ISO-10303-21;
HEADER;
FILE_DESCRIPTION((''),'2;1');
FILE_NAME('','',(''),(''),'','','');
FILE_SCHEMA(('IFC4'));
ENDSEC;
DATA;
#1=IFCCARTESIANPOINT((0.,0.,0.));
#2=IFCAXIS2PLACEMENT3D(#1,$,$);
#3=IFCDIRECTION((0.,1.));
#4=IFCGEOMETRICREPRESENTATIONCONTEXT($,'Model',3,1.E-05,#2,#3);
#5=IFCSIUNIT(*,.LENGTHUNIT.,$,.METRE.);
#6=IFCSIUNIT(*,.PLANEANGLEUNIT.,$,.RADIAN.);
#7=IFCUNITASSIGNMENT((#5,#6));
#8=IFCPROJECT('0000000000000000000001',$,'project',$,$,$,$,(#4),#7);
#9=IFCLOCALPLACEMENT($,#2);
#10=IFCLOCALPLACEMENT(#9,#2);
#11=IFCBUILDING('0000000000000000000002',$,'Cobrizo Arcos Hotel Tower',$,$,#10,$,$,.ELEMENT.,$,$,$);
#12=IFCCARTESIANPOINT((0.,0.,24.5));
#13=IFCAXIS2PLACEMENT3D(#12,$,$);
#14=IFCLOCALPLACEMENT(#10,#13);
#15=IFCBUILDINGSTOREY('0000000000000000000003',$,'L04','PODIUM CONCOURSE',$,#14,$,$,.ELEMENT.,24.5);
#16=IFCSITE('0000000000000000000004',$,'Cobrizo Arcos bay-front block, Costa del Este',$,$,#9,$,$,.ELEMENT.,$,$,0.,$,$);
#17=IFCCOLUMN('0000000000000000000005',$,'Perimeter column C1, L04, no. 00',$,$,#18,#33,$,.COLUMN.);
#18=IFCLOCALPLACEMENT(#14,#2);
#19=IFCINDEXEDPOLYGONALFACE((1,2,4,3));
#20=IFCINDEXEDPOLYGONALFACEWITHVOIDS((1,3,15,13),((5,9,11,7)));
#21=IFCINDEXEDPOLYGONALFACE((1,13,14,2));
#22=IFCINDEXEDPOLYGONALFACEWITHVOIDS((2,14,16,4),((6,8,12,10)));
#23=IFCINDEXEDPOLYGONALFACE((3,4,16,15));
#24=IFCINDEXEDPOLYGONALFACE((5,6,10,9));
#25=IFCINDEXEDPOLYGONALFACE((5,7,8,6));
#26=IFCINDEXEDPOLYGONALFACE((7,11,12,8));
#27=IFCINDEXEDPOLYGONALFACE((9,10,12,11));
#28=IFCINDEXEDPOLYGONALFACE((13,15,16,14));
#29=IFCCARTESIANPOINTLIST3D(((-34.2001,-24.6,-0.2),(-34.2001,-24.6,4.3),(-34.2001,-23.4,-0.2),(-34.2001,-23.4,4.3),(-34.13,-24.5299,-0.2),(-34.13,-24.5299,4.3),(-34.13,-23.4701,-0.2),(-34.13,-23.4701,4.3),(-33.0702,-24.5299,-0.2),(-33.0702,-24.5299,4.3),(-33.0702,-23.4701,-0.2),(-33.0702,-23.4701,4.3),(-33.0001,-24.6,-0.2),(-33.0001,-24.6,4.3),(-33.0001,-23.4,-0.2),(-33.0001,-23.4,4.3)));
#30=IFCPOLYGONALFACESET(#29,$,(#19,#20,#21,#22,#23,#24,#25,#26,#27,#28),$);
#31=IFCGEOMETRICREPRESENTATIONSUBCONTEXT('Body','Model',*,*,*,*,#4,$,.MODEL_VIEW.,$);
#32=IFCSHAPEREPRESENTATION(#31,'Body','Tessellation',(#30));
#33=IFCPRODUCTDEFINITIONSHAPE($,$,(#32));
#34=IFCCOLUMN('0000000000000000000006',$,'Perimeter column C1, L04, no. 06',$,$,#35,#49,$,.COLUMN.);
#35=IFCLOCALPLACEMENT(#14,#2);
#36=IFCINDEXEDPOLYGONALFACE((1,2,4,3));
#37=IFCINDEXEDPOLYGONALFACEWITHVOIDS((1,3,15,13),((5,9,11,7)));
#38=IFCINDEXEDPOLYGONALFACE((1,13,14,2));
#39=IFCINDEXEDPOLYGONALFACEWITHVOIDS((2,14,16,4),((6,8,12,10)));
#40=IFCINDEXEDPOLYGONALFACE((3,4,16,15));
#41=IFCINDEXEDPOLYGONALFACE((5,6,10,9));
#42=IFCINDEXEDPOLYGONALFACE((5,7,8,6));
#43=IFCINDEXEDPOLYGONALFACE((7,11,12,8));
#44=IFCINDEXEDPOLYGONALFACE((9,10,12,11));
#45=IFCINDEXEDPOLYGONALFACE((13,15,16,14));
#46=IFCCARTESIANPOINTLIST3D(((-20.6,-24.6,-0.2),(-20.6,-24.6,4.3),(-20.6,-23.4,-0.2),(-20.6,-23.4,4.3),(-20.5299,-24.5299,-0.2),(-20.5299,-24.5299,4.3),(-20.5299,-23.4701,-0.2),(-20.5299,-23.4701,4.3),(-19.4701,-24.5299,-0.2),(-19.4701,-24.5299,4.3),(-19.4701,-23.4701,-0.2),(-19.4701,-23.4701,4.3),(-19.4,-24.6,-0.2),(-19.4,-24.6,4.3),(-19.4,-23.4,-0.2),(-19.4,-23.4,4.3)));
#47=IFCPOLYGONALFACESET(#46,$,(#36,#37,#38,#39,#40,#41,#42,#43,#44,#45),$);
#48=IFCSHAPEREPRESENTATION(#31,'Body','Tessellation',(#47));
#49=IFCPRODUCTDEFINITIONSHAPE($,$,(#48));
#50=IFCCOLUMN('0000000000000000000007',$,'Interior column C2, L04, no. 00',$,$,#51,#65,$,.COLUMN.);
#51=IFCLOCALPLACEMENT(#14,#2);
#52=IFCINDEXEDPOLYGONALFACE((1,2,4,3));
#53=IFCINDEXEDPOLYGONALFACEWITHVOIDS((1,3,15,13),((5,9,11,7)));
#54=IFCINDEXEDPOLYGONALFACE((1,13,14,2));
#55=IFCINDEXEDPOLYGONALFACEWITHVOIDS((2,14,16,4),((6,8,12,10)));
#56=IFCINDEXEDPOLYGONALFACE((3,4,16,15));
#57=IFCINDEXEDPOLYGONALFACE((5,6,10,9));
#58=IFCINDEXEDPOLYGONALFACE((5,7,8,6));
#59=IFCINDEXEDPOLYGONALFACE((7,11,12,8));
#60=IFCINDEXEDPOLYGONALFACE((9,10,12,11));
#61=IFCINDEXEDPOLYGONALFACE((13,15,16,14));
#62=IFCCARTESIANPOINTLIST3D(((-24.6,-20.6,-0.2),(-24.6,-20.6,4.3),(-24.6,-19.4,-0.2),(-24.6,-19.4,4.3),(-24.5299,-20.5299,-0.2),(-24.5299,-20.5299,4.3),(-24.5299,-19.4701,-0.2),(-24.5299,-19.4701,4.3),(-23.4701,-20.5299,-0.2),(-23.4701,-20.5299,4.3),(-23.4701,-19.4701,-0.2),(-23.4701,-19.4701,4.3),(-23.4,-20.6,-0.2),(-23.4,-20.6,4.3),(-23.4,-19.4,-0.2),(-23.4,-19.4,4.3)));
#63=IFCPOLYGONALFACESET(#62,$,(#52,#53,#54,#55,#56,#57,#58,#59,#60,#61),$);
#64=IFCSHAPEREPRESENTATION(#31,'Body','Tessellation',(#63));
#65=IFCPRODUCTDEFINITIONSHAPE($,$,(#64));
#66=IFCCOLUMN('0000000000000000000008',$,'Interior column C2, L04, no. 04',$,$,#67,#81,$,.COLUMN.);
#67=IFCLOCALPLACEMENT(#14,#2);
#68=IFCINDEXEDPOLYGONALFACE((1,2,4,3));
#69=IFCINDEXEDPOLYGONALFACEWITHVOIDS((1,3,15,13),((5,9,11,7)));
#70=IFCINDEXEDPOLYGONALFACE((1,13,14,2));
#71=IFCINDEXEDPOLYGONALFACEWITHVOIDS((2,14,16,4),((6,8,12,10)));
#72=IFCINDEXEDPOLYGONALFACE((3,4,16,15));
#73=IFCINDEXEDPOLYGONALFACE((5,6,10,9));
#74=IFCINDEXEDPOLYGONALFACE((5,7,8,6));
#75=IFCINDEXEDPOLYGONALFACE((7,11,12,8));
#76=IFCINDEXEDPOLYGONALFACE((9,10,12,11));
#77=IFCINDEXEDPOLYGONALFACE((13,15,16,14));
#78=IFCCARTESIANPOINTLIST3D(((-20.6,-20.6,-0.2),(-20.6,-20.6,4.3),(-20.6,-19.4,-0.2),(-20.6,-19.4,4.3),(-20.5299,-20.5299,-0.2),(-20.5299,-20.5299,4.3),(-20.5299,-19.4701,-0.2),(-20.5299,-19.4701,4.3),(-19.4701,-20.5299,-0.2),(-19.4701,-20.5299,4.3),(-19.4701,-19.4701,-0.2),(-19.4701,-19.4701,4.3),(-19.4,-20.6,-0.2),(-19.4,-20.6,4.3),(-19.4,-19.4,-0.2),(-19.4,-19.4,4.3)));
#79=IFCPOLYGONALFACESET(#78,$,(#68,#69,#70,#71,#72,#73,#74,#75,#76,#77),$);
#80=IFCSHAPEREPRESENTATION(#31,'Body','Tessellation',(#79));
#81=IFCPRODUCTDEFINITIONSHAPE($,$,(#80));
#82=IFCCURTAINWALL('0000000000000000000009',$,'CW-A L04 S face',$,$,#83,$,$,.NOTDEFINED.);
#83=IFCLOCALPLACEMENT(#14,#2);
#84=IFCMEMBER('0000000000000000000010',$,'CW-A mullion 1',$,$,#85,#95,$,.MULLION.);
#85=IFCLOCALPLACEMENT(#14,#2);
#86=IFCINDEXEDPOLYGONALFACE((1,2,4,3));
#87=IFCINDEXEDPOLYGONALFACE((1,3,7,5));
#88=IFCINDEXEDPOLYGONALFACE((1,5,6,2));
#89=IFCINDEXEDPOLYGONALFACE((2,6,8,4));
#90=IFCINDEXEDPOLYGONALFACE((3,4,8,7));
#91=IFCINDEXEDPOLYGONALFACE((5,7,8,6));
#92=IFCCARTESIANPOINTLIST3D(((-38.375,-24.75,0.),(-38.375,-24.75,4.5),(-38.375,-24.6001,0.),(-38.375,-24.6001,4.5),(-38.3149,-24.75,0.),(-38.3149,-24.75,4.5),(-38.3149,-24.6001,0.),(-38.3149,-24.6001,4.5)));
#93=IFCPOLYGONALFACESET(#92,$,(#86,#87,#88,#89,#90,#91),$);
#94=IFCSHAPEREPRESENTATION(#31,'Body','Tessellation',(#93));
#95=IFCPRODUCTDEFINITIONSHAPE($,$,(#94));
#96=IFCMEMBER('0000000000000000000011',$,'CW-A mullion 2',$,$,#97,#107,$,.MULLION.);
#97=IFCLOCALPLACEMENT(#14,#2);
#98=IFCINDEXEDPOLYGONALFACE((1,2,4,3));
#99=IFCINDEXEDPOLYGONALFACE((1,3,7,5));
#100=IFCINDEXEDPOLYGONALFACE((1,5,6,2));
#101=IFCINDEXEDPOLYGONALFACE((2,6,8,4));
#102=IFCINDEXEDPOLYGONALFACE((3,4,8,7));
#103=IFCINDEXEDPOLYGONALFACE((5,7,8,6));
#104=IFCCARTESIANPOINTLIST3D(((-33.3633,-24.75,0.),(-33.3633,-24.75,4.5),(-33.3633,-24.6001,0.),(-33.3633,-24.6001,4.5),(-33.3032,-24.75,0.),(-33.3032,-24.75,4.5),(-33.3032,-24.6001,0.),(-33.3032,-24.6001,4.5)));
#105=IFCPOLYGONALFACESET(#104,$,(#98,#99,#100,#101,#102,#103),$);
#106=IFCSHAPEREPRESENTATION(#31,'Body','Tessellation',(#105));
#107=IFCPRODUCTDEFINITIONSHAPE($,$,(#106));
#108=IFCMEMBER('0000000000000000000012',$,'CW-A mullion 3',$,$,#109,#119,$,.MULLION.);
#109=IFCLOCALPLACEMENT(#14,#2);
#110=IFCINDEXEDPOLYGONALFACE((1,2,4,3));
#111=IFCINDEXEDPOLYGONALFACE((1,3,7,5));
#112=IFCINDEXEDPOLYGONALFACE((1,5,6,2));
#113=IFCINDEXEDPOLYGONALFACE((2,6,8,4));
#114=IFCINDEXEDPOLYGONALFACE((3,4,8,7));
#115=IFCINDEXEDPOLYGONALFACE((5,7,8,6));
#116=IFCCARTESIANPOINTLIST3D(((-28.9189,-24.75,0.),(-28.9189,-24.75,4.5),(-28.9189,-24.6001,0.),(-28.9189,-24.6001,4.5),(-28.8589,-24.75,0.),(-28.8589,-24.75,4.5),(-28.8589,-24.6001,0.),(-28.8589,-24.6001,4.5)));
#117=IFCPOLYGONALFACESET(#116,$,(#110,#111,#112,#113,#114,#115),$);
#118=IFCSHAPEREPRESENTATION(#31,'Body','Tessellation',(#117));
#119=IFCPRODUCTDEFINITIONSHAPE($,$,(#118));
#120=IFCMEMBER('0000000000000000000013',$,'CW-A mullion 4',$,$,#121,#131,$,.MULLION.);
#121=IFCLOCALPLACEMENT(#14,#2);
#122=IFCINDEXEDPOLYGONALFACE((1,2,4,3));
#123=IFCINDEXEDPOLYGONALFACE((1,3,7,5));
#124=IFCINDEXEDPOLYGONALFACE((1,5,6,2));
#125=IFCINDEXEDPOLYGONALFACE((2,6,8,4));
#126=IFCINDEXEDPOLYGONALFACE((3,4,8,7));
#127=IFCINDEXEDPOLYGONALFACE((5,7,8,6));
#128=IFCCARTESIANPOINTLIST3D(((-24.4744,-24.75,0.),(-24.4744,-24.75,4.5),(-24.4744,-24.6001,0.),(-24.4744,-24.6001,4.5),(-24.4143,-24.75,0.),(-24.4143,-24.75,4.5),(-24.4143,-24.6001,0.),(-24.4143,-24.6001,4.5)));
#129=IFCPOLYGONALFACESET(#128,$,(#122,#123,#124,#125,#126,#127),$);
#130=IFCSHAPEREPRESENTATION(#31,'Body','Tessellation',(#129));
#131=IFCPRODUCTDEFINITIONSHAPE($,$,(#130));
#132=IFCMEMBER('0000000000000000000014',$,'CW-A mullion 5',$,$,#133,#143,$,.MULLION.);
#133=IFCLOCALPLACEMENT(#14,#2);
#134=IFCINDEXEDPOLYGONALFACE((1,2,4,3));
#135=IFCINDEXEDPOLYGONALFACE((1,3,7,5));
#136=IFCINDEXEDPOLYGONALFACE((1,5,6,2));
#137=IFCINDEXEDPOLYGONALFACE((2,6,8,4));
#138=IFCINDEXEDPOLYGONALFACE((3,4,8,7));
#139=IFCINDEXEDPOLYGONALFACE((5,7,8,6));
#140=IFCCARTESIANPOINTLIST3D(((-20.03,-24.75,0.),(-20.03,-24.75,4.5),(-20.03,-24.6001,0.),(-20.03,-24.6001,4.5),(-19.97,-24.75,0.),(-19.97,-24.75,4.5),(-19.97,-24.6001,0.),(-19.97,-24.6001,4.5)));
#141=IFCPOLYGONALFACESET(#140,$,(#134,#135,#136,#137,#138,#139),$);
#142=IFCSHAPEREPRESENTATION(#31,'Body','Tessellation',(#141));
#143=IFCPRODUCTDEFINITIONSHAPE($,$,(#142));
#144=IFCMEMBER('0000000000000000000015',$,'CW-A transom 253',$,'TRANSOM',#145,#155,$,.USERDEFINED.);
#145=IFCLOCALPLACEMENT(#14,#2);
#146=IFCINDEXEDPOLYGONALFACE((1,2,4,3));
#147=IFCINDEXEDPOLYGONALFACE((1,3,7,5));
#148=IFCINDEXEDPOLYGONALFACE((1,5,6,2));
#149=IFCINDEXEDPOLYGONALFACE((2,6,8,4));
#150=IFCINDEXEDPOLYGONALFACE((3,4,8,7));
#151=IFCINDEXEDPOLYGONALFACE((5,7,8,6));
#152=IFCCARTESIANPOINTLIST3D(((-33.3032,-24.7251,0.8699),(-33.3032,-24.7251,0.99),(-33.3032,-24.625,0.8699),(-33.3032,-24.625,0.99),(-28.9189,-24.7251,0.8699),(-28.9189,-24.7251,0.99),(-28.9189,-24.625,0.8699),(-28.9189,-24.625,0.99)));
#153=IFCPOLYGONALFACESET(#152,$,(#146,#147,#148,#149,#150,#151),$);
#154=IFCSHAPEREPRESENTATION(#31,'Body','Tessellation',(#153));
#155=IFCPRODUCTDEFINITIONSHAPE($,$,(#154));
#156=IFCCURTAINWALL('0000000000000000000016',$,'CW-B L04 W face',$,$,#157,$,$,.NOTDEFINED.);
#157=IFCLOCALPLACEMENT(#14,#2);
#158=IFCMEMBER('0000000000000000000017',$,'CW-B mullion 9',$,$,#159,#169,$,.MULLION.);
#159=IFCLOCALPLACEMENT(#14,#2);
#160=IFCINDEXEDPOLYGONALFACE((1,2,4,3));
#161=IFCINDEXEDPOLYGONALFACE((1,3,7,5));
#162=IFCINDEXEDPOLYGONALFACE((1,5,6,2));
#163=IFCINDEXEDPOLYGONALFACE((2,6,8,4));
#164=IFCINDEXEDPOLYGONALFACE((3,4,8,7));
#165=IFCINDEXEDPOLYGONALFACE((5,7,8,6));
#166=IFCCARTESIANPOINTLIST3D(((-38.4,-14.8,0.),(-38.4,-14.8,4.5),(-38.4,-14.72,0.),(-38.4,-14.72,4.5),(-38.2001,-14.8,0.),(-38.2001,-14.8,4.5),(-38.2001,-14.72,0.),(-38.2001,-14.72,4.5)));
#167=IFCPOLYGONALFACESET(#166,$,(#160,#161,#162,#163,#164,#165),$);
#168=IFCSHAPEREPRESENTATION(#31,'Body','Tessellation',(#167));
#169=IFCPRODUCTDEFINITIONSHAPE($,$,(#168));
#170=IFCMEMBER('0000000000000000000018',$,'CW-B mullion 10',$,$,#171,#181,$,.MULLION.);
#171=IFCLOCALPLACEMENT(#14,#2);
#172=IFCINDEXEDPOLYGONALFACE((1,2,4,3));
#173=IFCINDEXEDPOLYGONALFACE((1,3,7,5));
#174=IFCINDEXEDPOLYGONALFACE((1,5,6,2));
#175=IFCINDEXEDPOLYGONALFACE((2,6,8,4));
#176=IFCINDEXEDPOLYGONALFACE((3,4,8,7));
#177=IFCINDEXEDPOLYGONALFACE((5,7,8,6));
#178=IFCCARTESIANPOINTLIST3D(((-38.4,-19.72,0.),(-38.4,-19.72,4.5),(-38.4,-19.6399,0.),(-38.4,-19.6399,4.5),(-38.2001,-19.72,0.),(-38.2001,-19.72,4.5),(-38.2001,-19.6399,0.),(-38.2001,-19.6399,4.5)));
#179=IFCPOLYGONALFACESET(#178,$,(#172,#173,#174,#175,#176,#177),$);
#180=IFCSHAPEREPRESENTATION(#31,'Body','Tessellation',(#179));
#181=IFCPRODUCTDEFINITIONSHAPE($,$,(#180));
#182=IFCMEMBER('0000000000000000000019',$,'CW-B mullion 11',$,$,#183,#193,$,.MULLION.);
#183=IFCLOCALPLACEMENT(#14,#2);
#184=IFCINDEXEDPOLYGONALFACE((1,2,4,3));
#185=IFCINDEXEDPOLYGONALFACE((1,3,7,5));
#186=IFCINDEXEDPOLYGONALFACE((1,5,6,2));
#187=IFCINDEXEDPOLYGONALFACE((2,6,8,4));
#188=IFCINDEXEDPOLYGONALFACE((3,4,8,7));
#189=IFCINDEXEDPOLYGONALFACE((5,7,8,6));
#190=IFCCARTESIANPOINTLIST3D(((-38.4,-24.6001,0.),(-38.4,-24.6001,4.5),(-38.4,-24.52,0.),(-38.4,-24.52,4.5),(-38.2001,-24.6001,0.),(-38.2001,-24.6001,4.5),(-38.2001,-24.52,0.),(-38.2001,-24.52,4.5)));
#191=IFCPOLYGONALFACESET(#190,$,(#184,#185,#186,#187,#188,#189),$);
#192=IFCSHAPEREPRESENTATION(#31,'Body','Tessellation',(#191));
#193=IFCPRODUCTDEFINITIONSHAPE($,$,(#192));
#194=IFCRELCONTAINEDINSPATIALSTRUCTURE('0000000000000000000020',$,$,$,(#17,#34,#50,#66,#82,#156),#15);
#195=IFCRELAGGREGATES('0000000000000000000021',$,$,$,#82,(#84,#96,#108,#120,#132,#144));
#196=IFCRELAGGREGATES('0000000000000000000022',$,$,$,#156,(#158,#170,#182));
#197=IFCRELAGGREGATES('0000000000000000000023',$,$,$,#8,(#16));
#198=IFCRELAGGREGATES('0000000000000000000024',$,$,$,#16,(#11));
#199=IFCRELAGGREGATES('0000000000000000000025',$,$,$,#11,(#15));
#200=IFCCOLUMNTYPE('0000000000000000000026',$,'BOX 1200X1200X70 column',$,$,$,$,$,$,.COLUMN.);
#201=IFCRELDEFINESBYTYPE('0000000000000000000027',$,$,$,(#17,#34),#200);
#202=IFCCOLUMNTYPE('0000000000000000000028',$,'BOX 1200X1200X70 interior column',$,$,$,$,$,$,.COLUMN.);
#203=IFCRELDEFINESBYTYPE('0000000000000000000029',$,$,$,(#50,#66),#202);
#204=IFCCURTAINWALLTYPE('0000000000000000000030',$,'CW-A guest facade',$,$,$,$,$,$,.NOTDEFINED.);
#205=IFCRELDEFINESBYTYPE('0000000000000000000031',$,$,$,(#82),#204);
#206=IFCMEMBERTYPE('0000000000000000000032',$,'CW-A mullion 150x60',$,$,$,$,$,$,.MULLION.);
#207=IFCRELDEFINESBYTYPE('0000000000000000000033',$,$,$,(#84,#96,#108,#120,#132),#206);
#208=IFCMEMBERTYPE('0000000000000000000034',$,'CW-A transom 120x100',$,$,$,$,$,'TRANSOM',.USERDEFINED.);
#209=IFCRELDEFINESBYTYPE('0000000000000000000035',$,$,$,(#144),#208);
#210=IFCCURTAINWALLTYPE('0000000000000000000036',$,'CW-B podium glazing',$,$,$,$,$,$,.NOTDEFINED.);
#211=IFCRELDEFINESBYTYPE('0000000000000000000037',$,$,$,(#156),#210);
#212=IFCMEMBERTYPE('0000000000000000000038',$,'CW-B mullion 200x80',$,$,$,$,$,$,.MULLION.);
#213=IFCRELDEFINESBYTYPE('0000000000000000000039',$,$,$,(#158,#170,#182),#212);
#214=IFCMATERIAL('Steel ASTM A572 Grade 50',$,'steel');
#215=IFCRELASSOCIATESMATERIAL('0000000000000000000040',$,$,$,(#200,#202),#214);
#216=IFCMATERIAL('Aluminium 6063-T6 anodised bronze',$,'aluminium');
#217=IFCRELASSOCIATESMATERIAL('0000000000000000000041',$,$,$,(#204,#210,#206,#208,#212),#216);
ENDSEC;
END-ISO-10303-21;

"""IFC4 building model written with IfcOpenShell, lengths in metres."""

from ifc_helpers import new_model, si_unit, direction, frame, origin, origin_2d, place, context, subcontext, project, spatial, rectangle, hollow_rectangle, extrude, material, material_profile, profile_set, type_object, element, aggregate, save


model = new_model("IFC4")

# Units and contexts
model_context = context("Model", 3, precision=1e-05, world=origin(), true_north=direction((0.0, 1.0)))
body_context = subcontext(model_context, "Body", "Model", "MODEL_VIEW")
ifc_project = project(units=[si_unit("LENGTHUNIT", "METRE"), si_unit("PLANEANGLEUNIT", "RADIAN")], contexts=[model_context])

# Site, building, storey
site_placement = place(None, origin())
site = spatial("IfcSite", under=ifc_project, at=site_placement, Name="Cobrizo Arcos bay-front block, Costa del Este", CompositionType="ELEMENT", RefElevation=0.0)
building_placement = place(site_placement, origin())
building = spatial("IfcBuilding", under=site, at=building_placement, Name="Cobrizo Arcos Hotel Tower", CompositionType="ELEMENT")
storey_placement = place(building_placement, frame((0.0, 0.0, 24.5)))
storey = spatial("IfcBuildingStorey", under=building, at=storey_placement, Name="L04", Description="PODIUM CONCOURSE", CompositionType="ELEMENT", Elevation=24.5)

# Columns
ifc_material_1 = material(Name="Steel ASTM A572 Grade 50", Category="steel")
ifc_material_profile_1 = material_profile(ifc_material_1, hollow_rectangle(XDim=1.2, YDim=1.2, WallThickness=0.0701, at=origin_2d()), Name="BOX 1200X1200X70")
ifc_profile_set_1 = profile_set([ifc_material_profile_1], Name="Steel ASTM A572 Grade 50")
column_type_1 = type_object("IfcColumnType", Name="BOX 1200X1200X70 column", PredefinedType="COLUMN", material=ifc_profile_set_1)
for number, where, z_axis, x_axis, name in (
    (1, (-33.6001, -24.0, -0.2), (0.0, 0.0, 1.0), (1.0, 0.0, 0.0), "Perimeter column C1, L04, no. 00"),
    (2, (-20.0, -24.0, -0.2), (0.0, 0.0, 1.0), (1.0, 0.0, 0.0), "Perimeter column C1, L04, no. 06"),
):
    element("IfcColumn", number, at=place(storey_placement, frame(where, z_axis=z_axis, x_axis=x_axis)), inside=storey, type_object=column_type_1, Name=name, PredefinedType="COLUMN", context=body_context, shape_type="SweptSolid", body=[
        extrude(hollow_rectangle(XDim=1.2, YDim=1.2, WallThickness=0.0701, at=origin_2d()), origin(), (0.0, 0.0, 1.0), 4.5),
    ])
ifc_material_profile_2 = material_profile(ifc_material_1, hollow_rectangle(XDim=1.2, YDim=1.2, WallThickness=0.0701, at=origin_2d()), Name="BOX 1200X1200X70")
ifc_profile_set_2 = profile_set([ifc_material_profile_2], Name="Steel ASTM A572 Grade 50")
column_type_2 = type_object("IfcColumnType", Name="BOX 1200X1200X70 interior column", PredefinedType="COLUMN", material=ifc_profile_set_2)
for number, where, z_axis, x_axis, name in (
    (3, (-24.0, -20.0, -0.2), (0.0, 0.0, 1.0), (1.0, 0.0, 0.0), "Interior column C2, L04, no. 00"),
    (4, (-20.0, -20.0, -0.2), (0.0, 0.0, 1.0), (1.0, 0.0, 0.0), "Interior column C2, L04, no. 04"),
):
    element("IfcColumn", number, at=place(storey_placement, frame(where, z_axis=z_axis, x_axis=x_axis)), inside=storey, type_object=column_type_2, Name=name, PredefinedType="COLUMN", context=body_context, shape_type="SweptSolid", body=[
        extrude(hollow_rectangle(XDim=1.2, YDim=1.2, WallThickness=0.0701, at=origin_2d()), origin(), (0.0, 0.0, 1.0), 4.5),
    ])

# Curtain walls, members
ifc_material_2 = material(Name="Aluminium 6063-T6 anodised bronze", Category="aluminium")
curtain_wall_type_1 = type_object("IfcCurtainWallType", Name="CW-A guest facade", PredefinedType="NOTDEFINED", material=ifc_material_2)
curtain_wall_1_placement = place(storey_placement, origin())
curtain_wall_1 = element("IfcCurtainWall", 5, at=curtain_wall_1_placement, inside=storey, type_object=curtain_wall_type_1, Name="CW-A L04 S face", PredefinedType="NOTDEFINED")
ifc_material_profile_3 = material_profile(ifc_material_2, rectangle(XDim=0.1499, YDim=0.0601, at=origin_2d()), Name="CW-A mullion 150x60")
ifc_profile_set_3 = profile_set([ifc_material_profile_3], Name="Aluminium 6063-T6 anodised bronze")
member_type_1 = type_object("IfcMemberType", Name="CW-A mullion 150x60", PredefinedType="MULLION", material=ifc_profile_set_3)
member_1_placement = place(storey_placement, frame((-38.345, -24.675, 0.0), z_axis=(0.0, 0.0, 1.0), x_axis=(0.0, -1.0, 0.0)))
member_1 = element("IfcMember", 6, at=member_1_placement, type_object=member_type_1, Name="CW-A mullion 1", PredefinedType="MULLION", context=body_context, shape_type="SweptSolid", body=[
    extrude(rectangle(XDim=0.1499, YDim=0.0601, at=origin_2d()), origin(), (0.0, 0.0, 1.0), 4.5),
])
member_2_placement = place(storey_placement, frame((-33.3333, -24.675, 0.0), z_axis=(0.0, 0.0, 1.0), x_axis=(0.0, -1.0, 0.0)))
member_2 = element("IfcMember", 7, at=member_2_placement, type_object=member_type_1, Name="CW-A mullion 2", PredefinedType="MULLION", context=body_context, shape_type="SweptSolid", body=[
    extrude(rectangle(XDim=0.1499, YDim=0.0601, at=origin_2d()), origin(), (0.0, 0.0, 1.0), 4.5),
])
member_3_placement = place(storey_placement, frame((-28.8889, -24.675, 0.0), z_axis=(0.0, 0.0, 1.0), x_axis=(0.0, -1.0, 0.0)))
member_3 = element("IfcMember", 8, at=member_3_placement, type_object=member_type_1, Name="CW-A mullion 3", PredefinedType="MULLION", context=body_context, shape_type="SweptSolid", body=[
    extrude(rectangle(XDim=0.1499, YDim=0.0601, at=origin_2d()), origin(), (0.0, 0.0, 1.0), 4.5),
])
member_4_placement = place(storey_placement, frame((-24.4443, -24.675, 0.0), z_axis=(0.0, 0.0, 1.0), x_axis=(0.0, -1.0, 0.0)))
member_4 = element("IfcMember", 9, at=member_4_placement, type_object=member_type_1, Name="CW-A mullion 4", PredefinedType="MULLION", context=body_context, shape_type="SweptSolid", body=[
    extrude(rectangle(XDim=0.1499, YDim=0.0601, at=origin_2d()), origin(), (0.0, 0.0, 1.0), 4.5),
])
member_5_placement = place(storey_placement, frame((-20.0, -24.675, 0.0), z_axis=(0.0, 0.0, 1.0), x_axis=(0.0, -1.0, 0.0)))
member_5 = element("IfcMember", 10, at=member_5_placement, type_object=member_type_1, Name="CW-A mullion 5", PredefinedType="MULLION", context=body_context, shape_type="SweptSolid", body=[
    extrude(rectangle(XDim=0.1499, YDim=0.0601, at=origin_2d()), origin(), (0.0, 0.0, 1.0), 4.5),
])
ifc_material_profile_4 = material_profile(ifc_material_2, rectangle(XDim=0.1001, YDim=0.1201, at=origin_2d()), Name="CW-A transom 120x100")
ifc_profile_set_4 = profile_set([ifc_material_profile_4], Name="Aluminium 6063-T6 anodised bronze")
member_type_2 = type_object("IfcMemberType", Name="CW-A transom 120x100", ElementType="TRANSOM", PredefinedType="USERDEFINED", material=ifc_profile_set_4)
member_6_placement = place(storey_placement, frame((-33.3032, -24.675, 0.9299), z_axis=(1.0, 0.0, 0.0), x_axis=(0.0, 1.0, 0.0)))
member_6 = element("IfcMember", 11, at=member_6_placement, type_object=member_type_2, Name="CW-A transom 253", ObjectType="TRANSOM", PredefinedType="USERDEFINED", context=body_context, shape_type="SweptSolid", body=[
    extrude(rectangle(XDim=0.1001, YDim=0.1201, at=origin_2d()), origin(), (0.0, 0.0, 1.0), 4.3843),
])
curtain_wall_type_2 = type_object("IfcCurtainWallType", Name="CW-B podium glazing", PredefinedType="NOTDEFINED", material=ifc_material_2)
curtain_wall_2_placement = place(storey_placement, origin())
curtain_wall_2 = element("IfcCurtainWall", 12, at=curtain_wall_2_placement, inside=storey, type_object=curtain_wall_type_2, Name="CW-B L04 W face", PredefinedType="NOTDEFINED")
ifc_material_profile_5 = material_profile(ifc_material_2, rectangle(XDim=0.2, YDim=0.0801, at=origin_2d()), Name="CW-B mullion 200x80")
ifc_profile_set_5 = profile_set([ifc_material_profile_5], Name="Aluminium 6063-T6 anodised bronze")
member_type_3 = type_object("IfcMemberType", Name="CW-B mullion 200x80", PredefinedType="MULLION", material=ifc_profile_set_5)
member_7_placement = place(storey_placement, frame((-38.3, -14.76, 0.0), z_axis=(0.0, 0.0, 1.0), x_axis=(-1.0, 0.0, 0.0)))
member_7 = element("IfcMember", 13, at=member_7_placement, type_object=member_type_3, Name="CW-B mullion 9", PredefinedType="MULLION", context=body_context, shape_type="SweptSolid", body=[
    extrude(rectangle(XDim=0.2, YDim=0.0801, at=origin_2d()), origin(), (0.0, 0.0, 1.0), 4.5),
])
member_8_placement = place(storey_placement, frame((-38.3, -19.6799, 0.0), z_axis=(0.0, 0.0, 1.0), x_axis=(-1.0, 0.0, 0.0)))
member_8 = element("IfcMember", 14, at=member_8_placement, type_object=member_type_3, Name="CW-B mullion 10", PredefinedType="MULLION", context=body_context, shape_type="SweptSolid", body=[
    extrude(rectangle(XDim=0.2, YDim=0.0801, at=origin_2d()), origin(), (0.0, 0.0, 1.0), 4.5),
])
member_9_placement = place(storey_placement, frame((-38.3, -24.5601, 0.0), z_axis=(0.0, 0.0, 1.0), x_axis=(-1.0, 0.0, 0.0)))
member_9 = element("IfcMember", 15, at=member_9_placement, type_object=member_type_3, Name="CW-B mullion 11", PredefinedType="MULLION", context=body_context, shape_type="SweptSolid", body=[
    extrude(rectangle(XDim=0.2, YDim=0.0801, at=origin_2d()), origin(), (0.0, 0.0, 1.0), 4.5),
])

aggregate(curtain_wall_1, [member_1, member_2, member_3, member_4, member_5, member_6])
aggregate(curtain_wall_2, [member_7, member_8, member_9])

save(model, "model.ifc")
